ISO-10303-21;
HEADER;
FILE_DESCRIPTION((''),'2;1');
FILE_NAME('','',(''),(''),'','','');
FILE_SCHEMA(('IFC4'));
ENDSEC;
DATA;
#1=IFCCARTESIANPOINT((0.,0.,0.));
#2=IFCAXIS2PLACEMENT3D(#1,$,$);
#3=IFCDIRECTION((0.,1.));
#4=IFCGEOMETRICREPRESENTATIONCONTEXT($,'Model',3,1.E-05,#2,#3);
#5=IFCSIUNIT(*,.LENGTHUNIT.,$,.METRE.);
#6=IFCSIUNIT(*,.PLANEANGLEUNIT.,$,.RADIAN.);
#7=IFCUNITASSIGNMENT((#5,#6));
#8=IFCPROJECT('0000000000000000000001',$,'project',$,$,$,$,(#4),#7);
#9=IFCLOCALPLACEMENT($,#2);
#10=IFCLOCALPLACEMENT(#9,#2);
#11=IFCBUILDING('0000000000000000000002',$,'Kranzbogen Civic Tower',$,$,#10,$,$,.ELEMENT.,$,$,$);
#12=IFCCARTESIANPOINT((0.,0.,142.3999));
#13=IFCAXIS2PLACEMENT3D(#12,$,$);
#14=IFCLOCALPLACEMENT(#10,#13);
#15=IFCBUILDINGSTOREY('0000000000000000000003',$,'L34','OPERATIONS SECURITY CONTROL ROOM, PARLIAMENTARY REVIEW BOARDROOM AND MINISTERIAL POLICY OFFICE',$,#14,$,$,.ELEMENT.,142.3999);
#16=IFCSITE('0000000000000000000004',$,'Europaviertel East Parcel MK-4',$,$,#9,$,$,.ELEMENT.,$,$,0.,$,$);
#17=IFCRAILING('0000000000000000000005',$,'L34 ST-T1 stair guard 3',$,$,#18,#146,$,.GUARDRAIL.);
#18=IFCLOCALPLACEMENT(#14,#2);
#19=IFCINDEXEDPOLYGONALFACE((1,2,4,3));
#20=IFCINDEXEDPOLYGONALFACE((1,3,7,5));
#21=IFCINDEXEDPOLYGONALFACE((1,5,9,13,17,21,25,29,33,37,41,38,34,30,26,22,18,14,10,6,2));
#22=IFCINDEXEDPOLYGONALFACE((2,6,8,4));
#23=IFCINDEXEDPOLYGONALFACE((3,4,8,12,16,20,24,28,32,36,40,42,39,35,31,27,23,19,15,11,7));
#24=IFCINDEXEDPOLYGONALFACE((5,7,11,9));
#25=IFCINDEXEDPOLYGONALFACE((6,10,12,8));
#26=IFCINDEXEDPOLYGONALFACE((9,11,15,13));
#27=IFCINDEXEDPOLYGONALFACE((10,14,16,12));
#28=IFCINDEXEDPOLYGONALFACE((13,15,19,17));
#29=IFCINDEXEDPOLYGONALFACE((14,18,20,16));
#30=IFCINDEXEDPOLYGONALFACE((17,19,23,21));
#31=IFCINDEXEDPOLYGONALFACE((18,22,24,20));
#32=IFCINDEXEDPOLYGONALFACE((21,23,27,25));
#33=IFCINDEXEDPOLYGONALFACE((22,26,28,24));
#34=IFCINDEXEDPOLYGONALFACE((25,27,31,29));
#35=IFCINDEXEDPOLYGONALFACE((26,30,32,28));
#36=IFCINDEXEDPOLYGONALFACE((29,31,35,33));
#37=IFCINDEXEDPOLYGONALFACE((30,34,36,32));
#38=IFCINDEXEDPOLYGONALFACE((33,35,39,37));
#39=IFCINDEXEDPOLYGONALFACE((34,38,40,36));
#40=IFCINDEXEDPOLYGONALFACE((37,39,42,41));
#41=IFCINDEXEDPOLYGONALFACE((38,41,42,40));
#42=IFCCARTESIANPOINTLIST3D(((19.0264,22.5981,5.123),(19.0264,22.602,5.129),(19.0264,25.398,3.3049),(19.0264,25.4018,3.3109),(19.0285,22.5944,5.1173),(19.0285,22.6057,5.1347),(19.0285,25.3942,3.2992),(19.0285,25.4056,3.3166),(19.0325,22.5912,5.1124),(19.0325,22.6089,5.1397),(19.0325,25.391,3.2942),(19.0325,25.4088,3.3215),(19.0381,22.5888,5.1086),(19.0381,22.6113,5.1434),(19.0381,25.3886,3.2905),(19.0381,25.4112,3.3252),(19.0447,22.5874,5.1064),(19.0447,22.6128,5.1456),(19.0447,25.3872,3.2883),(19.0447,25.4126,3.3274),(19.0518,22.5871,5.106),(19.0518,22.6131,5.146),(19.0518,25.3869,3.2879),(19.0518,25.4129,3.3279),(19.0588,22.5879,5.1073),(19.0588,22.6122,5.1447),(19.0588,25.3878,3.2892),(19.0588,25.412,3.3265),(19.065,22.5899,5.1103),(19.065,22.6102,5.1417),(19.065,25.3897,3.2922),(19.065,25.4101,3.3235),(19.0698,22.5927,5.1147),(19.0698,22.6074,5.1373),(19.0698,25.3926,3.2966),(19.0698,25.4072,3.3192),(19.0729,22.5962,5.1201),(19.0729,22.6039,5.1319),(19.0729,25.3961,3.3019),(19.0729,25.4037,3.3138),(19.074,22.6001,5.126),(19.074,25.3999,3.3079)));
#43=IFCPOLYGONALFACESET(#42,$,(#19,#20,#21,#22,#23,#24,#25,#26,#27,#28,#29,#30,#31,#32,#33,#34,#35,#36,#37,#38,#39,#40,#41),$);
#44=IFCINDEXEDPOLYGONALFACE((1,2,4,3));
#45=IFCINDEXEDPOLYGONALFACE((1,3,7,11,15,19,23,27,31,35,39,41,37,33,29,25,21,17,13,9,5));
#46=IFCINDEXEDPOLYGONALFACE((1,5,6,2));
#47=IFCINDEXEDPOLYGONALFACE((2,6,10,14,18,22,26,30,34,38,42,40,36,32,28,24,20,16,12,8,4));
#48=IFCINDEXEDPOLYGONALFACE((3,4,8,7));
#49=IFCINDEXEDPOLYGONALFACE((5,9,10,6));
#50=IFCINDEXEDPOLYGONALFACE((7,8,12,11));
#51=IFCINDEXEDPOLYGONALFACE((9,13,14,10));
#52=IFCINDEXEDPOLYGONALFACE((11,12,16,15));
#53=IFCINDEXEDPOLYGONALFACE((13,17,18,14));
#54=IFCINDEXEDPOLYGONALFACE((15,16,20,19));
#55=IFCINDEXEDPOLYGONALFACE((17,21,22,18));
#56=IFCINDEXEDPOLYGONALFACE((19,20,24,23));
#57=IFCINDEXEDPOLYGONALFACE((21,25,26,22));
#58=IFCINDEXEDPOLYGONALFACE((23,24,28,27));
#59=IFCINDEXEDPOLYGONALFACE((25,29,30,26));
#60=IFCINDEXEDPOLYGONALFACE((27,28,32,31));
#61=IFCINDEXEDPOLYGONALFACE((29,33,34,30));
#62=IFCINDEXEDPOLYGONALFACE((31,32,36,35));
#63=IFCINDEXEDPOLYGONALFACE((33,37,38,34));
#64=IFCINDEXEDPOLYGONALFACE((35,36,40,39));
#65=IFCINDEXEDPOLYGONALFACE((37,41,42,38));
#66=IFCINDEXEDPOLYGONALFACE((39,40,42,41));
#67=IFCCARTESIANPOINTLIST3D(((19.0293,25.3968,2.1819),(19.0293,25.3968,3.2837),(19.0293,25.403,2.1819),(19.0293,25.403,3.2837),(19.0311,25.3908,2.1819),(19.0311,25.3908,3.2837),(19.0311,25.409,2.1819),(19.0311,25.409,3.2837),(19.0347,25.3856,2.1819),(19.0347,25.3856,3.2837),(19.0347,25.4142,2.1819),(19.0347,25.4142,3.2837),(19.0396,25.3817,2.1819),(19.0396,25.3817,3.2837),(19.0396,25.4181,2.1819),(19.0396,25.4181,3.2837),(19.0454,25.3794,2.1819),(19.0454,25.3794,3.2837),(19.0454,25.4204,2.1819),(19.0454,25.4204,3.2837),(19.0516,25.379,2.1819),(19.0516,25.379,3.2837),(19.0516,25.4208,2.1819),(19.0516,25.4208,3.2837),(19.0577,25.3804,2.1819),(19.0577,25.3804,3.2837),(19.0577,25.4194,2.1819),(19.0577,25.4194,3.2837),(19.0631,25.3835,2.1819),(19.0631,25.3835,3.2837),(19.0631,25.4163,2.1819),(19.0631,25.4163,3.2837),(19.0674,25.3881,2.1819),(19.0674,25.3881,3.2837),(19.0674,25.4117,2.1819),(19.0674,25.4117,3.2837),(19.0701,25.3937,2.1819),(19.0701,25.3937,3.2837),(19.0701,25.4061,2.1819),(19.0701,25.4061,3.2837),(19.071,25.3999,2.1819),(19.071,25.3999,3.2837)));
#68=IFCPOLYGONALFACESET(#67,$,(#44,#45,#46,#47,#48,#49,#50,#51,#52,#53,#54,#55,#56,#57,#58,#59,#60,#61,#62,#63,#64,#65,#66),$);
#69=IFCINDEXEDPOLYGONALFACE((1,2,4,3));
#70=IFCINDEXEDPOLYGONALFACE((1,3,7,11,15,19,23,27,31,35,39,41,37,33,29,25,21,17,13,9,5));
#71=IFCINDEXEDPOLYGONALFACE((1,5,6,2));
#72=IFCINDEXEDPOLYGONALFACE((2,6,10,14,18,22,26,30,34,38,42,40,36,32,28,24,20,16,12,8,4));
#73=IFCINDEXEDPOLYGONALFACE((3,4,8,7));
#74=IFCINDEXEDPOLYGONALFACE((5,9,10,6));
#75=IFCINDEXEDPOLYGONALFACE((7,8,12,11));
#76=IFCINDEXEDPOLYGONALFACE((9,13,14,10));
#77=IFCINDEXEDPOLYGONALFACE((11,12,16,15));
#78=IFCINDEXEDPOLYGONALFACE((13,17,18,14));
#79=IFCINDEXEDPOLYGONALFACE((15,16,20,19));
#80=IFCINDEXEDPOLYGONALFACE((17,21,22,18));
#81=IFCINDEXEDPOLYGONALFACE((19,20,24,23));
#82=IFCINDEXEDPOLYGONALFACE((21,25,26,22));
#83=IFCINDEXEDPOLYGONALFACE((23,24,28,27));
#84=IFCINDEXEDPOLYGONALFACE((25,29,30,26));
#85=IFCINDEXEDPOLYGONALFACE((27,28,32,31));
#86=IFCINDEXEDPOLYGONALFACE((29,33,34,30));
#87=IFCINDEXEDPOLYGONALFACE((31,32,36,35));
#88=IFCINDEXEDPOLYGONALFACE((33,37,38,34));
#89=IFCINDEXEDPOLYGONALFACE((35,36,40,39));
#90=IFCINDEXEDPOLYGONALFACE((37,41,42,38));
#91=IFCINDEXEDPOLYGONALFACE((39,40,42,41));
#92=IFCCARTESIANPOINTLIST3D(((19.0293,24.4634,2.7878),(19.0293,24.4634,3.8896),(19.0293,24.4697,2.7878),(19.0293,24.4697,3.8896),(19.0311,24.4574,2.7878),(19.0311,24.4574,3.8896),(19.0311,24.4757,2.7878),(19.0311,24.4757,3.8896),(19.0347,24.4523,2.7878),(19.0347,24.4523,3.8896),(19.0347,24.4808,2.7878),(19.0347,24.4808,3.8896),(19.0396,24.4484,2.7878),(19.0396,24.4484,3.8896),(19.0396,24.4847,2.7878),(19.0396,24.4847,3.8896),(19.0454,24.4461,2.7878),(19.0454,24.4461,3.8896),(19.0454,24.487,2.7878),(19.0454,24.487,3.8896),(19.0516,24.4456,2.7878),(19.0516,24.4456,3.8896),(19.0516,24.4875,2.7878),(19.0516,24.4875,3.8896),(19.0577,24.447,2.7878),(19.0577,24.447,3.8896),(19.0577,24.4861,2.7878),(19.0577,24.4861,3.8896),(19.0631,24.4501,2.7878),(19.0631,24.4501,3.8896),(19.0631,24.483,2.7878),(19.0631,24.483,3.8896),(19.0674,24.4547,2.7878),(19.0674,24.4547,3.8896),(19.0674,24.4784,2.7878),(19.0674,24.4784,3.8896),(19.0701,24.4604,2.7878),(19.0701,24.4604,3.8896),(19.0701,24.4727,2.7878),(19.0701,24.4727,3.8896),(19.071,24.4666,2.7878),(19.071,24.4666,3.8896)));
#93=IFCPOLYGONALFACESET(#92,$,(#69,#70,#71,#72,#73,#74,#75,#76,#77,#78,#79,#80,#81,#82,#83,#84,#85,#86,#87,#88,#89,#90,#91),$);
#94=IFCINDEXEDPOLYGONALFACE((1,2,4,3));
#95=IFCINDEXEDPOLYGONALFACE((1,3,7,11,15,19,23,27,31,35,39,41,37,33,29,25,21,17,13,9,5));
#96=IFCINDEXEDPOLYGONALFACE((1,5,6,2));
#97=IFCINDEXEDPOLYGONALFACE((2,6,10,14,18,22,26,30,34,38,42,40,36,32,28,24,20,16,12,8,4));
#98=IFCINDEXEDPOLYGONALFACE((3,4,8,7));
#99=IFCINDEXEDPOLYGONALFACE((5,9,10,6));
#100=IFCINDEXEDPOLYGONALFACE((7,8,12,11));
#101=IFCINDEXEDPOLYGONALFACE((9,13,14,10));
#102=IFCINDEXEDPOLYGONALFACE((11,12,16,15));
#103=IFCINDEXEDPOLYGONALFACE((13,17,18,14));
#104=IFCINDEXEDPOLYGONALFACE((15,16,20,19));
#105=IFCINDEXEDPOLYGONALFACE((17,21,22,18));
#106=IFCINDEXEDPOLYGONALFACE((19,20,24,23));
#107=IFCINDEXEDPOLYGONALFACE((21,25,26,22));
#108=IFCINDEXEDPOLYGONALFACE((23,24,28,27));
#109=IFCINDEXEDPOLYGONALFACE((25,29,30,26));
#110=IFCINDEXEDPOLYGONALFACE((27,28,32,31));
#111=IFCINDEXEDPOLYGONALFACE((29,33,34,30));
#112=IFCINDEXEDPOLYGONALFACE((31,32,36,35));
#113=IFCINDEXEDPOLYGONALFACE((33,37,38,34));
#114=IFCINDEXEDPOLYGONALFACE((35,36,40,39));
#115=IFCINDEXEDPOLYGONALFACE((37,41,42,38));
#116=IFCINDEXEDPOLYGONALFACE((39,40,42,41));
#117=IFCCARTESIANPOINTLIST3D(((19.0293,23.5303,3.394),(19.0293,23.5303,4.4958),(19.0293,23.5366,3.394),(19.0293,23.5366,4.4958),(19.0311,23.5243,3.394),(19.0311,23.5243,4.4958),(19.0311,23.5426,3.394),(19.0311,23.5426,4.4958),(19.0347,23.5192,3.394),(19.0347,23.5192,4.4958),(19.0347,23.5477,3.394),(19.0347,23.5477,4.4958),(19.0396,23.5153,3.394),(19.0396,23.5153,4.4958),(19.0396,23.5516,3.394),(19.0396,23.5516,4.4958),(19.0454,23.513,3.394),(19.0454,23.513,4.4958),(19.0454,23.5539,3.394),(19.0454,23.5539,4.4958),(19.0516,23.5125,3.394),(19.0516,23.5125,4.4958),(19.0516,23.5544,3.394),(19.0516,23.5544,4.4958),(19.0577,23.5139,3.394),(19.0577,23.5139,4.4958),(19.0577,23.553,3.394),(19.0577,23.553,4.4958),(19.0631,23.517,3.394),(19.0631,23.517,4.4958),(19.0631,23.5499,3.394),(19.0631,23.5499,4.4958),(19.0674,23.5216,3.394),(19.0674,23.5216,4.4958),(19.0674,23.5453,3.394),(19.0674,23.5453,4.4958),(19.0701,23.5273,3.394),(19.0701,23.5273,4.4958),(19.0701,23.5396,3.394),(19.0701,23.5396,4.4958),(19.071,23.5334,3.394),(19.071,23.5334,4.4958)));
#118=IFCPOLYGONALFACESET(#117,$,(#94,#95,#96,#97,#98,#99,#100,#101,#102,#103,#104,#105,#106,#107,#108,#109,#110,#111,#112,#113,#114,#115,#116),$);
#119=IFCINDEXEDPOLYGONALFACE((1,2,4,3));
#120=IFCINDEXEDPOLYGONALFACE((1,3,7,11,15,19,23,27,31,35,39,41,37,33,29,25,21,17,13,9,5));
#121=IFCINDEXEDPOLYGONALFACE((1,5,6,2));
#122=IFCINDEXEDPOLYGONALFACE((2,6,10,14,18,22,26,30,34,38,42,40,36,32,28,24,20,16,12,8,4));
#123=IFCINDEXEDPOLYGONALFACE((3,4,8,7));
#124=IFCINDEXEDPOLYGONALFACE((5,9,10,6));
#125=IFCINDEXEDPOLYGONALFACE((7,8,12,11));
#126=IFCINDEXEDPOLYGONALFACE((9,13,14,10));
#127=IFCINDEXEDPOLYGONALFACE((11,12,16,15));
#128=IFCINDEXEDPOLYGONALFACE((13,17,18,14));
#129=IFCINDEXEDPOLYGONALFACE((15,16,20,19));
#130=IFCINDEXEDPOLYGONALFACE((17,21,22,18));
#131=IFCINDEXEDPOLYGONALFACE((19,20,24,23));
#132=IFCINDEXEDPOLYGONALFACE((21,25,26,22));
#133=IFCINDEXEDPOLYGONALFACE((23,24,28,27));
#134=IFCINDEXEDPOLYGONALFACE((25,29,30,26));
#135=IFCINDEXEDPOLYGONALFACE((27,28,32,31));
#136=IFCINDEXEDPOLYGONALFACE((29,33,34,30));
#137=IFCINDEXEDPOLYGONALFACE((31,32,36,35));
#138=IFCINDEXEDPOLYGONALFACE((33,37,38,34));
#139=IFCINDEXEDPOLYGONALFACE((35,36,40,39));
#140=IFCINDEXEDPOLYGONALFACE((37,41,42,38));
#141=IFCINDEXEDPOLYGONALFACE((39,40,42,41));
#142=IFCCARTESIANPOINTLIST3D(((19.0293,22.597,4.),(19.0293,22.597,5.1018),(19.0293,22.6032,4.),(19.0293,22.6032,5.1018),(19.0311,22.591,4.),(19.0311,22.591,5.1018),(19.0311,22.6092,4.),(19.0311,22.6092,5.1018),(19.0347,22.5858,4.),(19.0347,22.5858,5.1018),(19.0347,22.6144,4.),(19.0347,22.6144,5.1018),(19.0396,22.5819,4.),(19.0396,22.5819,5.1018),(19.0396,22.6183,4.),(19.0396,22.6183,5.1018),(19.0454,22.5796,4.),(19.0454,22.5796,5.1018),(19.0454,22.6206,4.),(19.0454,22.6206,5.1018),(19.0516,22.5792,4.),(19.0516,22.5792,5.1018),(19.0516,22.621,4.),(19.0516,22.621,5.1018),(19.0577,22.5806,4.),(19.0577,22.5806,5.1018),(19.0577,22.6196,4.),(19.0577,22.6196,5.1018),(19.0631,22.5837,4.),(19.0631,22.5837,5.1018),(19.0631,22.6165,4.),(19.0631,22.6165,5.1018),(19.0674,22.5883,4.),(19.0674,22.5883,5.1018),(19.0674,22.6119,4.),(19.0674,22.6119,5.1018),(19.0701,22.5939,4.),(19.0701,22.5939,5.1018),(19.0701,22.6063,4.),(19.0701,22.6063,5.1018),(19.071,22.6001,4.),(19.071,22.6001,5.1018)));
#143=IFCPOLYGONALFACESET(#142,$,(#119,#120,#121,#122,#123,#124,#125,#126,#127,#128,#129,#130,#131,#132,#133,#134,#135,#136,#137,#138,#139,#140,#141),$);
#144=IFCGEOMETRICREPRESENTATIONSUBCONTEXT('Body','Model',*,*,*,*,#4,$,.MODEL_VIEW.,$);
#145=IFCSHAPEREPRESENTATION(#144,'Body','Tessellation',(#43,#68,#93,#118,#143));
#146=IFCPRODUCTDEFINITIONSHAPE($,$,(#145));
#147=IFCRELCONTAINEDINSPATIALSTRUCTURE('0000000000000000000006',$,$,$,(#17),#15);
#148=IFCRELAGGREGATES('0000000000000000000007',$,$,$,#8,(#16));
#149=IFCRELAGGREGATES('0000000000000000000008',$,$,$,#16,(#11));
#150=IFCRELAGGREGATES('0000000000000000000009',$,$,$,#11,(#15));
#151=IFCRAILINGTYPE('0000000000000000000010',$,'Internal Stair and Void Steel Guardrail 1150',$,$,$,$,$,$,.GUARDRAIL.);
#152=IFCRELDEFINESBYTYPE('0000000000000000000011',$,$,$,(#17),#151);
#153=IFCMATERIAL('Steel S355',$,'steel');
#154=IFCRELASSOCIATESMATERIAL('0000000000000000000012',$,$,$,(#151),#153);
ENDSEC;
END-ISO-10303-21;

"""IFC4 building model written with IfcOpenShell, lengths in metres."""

from ifc_helpers import new_model, si_unit, direction, frame, origin, origin_2d, place, context, subcontext, project, spatial, circle, extrude, material, type_object, element, save


model = new_model("IFC4")

# Units and contexts
model_context = context("Model", 3, precision=1e-05, world=origin(), true_north=direction((0.0, 1.0)))
body_context = subcontext(model_context, "Body", "Model", "MODEL_VIEW")
ifc_project = project(units=[si_unit("LENGTHUNIT", "METRE"), si_unit("PLANEANGLEUNIT", "RADIAN")], contexts=[model_context])

# Site, building, storey
site_placement = place(None, origin())
site = spatial("IfcSite", under=ifc_project, at=site_placement, Name="Europaviertel East Parcel MK-4", CompositionType="ELEMENT", RefElevation=0.0)
building_placement = place(site_placement, origin())
building = spatial("IfcBuilding", under=site, at=building_placement, Name="Kranzbogen Civic Tower", CompositionType="ELEMENT")
storey_placement = place(building_placement, frame((0.0, 0.0, 142.3999)))
storey = spatial("IfcBuildingStorey", under=building, at=storey_placement, Name="L34", Description="OPERATIONS SECURITY CONTROL ROOM, PARLIAMENTARY REVIEW BOARDROOM AND MINISTERIAL POLICY OFFICE", CompositionType="ELEMENT", Elevation=142.3999)

# Shared definitions
ifc_material_1 = material(Name="Steel S355", Category="steel")

# Railing
railing_type_1 = type_object("IfcRailingType", Name="Internal Stair and Void Steel Guardrail 1150", PredefinedType="GUARDRAIL", material=ifc_material_1)
railing_1_placement = place(storey_placement, frame((19.05, 25.3999, 2.1819)))
element("IfcRailing", 1, at=railing_1_placement, inside=storey, type_object=railing_type_1, Name="L34 ST-T1 stair guard 3", PredefinedType="GUARDRAIL", context=body_context, shape_type="SweptSolid", body=[
    extrude(circle(Radius=0.0239, at=origin_2d()), frame((0.0, 0.0, 1.126), z_axis=(0.0, -0.838684, 0.544618), x_axis=(1.0, 0.0, 0.0)), (0.0, 0.0, 1.0), 3.3384),
    extrude(circle(Radius=0.021, at=origin_2d()), origin(), (0.0, 0.0, 1.0), 1.1018),
    extrude(circle(Radius=0.021, at=origin_2d()), frame((0.0, -0.9333, 0.606)), (0.0, 0.0, 1.0), 1.1018),
    extrude(circle(Radius=0.021, at=origin_2d()), frame((0.0, -1.8665, 1.2122)), (0.0, 0.0, 1.0), 1.1018),
    extrude(circle(Radius=0.021, at=origin_2d()), frame((0.0, -2.7998, 1.8181)), (0.0, 0.0, 1.0), 1.1018),
])

save(model, "model.ifc")
